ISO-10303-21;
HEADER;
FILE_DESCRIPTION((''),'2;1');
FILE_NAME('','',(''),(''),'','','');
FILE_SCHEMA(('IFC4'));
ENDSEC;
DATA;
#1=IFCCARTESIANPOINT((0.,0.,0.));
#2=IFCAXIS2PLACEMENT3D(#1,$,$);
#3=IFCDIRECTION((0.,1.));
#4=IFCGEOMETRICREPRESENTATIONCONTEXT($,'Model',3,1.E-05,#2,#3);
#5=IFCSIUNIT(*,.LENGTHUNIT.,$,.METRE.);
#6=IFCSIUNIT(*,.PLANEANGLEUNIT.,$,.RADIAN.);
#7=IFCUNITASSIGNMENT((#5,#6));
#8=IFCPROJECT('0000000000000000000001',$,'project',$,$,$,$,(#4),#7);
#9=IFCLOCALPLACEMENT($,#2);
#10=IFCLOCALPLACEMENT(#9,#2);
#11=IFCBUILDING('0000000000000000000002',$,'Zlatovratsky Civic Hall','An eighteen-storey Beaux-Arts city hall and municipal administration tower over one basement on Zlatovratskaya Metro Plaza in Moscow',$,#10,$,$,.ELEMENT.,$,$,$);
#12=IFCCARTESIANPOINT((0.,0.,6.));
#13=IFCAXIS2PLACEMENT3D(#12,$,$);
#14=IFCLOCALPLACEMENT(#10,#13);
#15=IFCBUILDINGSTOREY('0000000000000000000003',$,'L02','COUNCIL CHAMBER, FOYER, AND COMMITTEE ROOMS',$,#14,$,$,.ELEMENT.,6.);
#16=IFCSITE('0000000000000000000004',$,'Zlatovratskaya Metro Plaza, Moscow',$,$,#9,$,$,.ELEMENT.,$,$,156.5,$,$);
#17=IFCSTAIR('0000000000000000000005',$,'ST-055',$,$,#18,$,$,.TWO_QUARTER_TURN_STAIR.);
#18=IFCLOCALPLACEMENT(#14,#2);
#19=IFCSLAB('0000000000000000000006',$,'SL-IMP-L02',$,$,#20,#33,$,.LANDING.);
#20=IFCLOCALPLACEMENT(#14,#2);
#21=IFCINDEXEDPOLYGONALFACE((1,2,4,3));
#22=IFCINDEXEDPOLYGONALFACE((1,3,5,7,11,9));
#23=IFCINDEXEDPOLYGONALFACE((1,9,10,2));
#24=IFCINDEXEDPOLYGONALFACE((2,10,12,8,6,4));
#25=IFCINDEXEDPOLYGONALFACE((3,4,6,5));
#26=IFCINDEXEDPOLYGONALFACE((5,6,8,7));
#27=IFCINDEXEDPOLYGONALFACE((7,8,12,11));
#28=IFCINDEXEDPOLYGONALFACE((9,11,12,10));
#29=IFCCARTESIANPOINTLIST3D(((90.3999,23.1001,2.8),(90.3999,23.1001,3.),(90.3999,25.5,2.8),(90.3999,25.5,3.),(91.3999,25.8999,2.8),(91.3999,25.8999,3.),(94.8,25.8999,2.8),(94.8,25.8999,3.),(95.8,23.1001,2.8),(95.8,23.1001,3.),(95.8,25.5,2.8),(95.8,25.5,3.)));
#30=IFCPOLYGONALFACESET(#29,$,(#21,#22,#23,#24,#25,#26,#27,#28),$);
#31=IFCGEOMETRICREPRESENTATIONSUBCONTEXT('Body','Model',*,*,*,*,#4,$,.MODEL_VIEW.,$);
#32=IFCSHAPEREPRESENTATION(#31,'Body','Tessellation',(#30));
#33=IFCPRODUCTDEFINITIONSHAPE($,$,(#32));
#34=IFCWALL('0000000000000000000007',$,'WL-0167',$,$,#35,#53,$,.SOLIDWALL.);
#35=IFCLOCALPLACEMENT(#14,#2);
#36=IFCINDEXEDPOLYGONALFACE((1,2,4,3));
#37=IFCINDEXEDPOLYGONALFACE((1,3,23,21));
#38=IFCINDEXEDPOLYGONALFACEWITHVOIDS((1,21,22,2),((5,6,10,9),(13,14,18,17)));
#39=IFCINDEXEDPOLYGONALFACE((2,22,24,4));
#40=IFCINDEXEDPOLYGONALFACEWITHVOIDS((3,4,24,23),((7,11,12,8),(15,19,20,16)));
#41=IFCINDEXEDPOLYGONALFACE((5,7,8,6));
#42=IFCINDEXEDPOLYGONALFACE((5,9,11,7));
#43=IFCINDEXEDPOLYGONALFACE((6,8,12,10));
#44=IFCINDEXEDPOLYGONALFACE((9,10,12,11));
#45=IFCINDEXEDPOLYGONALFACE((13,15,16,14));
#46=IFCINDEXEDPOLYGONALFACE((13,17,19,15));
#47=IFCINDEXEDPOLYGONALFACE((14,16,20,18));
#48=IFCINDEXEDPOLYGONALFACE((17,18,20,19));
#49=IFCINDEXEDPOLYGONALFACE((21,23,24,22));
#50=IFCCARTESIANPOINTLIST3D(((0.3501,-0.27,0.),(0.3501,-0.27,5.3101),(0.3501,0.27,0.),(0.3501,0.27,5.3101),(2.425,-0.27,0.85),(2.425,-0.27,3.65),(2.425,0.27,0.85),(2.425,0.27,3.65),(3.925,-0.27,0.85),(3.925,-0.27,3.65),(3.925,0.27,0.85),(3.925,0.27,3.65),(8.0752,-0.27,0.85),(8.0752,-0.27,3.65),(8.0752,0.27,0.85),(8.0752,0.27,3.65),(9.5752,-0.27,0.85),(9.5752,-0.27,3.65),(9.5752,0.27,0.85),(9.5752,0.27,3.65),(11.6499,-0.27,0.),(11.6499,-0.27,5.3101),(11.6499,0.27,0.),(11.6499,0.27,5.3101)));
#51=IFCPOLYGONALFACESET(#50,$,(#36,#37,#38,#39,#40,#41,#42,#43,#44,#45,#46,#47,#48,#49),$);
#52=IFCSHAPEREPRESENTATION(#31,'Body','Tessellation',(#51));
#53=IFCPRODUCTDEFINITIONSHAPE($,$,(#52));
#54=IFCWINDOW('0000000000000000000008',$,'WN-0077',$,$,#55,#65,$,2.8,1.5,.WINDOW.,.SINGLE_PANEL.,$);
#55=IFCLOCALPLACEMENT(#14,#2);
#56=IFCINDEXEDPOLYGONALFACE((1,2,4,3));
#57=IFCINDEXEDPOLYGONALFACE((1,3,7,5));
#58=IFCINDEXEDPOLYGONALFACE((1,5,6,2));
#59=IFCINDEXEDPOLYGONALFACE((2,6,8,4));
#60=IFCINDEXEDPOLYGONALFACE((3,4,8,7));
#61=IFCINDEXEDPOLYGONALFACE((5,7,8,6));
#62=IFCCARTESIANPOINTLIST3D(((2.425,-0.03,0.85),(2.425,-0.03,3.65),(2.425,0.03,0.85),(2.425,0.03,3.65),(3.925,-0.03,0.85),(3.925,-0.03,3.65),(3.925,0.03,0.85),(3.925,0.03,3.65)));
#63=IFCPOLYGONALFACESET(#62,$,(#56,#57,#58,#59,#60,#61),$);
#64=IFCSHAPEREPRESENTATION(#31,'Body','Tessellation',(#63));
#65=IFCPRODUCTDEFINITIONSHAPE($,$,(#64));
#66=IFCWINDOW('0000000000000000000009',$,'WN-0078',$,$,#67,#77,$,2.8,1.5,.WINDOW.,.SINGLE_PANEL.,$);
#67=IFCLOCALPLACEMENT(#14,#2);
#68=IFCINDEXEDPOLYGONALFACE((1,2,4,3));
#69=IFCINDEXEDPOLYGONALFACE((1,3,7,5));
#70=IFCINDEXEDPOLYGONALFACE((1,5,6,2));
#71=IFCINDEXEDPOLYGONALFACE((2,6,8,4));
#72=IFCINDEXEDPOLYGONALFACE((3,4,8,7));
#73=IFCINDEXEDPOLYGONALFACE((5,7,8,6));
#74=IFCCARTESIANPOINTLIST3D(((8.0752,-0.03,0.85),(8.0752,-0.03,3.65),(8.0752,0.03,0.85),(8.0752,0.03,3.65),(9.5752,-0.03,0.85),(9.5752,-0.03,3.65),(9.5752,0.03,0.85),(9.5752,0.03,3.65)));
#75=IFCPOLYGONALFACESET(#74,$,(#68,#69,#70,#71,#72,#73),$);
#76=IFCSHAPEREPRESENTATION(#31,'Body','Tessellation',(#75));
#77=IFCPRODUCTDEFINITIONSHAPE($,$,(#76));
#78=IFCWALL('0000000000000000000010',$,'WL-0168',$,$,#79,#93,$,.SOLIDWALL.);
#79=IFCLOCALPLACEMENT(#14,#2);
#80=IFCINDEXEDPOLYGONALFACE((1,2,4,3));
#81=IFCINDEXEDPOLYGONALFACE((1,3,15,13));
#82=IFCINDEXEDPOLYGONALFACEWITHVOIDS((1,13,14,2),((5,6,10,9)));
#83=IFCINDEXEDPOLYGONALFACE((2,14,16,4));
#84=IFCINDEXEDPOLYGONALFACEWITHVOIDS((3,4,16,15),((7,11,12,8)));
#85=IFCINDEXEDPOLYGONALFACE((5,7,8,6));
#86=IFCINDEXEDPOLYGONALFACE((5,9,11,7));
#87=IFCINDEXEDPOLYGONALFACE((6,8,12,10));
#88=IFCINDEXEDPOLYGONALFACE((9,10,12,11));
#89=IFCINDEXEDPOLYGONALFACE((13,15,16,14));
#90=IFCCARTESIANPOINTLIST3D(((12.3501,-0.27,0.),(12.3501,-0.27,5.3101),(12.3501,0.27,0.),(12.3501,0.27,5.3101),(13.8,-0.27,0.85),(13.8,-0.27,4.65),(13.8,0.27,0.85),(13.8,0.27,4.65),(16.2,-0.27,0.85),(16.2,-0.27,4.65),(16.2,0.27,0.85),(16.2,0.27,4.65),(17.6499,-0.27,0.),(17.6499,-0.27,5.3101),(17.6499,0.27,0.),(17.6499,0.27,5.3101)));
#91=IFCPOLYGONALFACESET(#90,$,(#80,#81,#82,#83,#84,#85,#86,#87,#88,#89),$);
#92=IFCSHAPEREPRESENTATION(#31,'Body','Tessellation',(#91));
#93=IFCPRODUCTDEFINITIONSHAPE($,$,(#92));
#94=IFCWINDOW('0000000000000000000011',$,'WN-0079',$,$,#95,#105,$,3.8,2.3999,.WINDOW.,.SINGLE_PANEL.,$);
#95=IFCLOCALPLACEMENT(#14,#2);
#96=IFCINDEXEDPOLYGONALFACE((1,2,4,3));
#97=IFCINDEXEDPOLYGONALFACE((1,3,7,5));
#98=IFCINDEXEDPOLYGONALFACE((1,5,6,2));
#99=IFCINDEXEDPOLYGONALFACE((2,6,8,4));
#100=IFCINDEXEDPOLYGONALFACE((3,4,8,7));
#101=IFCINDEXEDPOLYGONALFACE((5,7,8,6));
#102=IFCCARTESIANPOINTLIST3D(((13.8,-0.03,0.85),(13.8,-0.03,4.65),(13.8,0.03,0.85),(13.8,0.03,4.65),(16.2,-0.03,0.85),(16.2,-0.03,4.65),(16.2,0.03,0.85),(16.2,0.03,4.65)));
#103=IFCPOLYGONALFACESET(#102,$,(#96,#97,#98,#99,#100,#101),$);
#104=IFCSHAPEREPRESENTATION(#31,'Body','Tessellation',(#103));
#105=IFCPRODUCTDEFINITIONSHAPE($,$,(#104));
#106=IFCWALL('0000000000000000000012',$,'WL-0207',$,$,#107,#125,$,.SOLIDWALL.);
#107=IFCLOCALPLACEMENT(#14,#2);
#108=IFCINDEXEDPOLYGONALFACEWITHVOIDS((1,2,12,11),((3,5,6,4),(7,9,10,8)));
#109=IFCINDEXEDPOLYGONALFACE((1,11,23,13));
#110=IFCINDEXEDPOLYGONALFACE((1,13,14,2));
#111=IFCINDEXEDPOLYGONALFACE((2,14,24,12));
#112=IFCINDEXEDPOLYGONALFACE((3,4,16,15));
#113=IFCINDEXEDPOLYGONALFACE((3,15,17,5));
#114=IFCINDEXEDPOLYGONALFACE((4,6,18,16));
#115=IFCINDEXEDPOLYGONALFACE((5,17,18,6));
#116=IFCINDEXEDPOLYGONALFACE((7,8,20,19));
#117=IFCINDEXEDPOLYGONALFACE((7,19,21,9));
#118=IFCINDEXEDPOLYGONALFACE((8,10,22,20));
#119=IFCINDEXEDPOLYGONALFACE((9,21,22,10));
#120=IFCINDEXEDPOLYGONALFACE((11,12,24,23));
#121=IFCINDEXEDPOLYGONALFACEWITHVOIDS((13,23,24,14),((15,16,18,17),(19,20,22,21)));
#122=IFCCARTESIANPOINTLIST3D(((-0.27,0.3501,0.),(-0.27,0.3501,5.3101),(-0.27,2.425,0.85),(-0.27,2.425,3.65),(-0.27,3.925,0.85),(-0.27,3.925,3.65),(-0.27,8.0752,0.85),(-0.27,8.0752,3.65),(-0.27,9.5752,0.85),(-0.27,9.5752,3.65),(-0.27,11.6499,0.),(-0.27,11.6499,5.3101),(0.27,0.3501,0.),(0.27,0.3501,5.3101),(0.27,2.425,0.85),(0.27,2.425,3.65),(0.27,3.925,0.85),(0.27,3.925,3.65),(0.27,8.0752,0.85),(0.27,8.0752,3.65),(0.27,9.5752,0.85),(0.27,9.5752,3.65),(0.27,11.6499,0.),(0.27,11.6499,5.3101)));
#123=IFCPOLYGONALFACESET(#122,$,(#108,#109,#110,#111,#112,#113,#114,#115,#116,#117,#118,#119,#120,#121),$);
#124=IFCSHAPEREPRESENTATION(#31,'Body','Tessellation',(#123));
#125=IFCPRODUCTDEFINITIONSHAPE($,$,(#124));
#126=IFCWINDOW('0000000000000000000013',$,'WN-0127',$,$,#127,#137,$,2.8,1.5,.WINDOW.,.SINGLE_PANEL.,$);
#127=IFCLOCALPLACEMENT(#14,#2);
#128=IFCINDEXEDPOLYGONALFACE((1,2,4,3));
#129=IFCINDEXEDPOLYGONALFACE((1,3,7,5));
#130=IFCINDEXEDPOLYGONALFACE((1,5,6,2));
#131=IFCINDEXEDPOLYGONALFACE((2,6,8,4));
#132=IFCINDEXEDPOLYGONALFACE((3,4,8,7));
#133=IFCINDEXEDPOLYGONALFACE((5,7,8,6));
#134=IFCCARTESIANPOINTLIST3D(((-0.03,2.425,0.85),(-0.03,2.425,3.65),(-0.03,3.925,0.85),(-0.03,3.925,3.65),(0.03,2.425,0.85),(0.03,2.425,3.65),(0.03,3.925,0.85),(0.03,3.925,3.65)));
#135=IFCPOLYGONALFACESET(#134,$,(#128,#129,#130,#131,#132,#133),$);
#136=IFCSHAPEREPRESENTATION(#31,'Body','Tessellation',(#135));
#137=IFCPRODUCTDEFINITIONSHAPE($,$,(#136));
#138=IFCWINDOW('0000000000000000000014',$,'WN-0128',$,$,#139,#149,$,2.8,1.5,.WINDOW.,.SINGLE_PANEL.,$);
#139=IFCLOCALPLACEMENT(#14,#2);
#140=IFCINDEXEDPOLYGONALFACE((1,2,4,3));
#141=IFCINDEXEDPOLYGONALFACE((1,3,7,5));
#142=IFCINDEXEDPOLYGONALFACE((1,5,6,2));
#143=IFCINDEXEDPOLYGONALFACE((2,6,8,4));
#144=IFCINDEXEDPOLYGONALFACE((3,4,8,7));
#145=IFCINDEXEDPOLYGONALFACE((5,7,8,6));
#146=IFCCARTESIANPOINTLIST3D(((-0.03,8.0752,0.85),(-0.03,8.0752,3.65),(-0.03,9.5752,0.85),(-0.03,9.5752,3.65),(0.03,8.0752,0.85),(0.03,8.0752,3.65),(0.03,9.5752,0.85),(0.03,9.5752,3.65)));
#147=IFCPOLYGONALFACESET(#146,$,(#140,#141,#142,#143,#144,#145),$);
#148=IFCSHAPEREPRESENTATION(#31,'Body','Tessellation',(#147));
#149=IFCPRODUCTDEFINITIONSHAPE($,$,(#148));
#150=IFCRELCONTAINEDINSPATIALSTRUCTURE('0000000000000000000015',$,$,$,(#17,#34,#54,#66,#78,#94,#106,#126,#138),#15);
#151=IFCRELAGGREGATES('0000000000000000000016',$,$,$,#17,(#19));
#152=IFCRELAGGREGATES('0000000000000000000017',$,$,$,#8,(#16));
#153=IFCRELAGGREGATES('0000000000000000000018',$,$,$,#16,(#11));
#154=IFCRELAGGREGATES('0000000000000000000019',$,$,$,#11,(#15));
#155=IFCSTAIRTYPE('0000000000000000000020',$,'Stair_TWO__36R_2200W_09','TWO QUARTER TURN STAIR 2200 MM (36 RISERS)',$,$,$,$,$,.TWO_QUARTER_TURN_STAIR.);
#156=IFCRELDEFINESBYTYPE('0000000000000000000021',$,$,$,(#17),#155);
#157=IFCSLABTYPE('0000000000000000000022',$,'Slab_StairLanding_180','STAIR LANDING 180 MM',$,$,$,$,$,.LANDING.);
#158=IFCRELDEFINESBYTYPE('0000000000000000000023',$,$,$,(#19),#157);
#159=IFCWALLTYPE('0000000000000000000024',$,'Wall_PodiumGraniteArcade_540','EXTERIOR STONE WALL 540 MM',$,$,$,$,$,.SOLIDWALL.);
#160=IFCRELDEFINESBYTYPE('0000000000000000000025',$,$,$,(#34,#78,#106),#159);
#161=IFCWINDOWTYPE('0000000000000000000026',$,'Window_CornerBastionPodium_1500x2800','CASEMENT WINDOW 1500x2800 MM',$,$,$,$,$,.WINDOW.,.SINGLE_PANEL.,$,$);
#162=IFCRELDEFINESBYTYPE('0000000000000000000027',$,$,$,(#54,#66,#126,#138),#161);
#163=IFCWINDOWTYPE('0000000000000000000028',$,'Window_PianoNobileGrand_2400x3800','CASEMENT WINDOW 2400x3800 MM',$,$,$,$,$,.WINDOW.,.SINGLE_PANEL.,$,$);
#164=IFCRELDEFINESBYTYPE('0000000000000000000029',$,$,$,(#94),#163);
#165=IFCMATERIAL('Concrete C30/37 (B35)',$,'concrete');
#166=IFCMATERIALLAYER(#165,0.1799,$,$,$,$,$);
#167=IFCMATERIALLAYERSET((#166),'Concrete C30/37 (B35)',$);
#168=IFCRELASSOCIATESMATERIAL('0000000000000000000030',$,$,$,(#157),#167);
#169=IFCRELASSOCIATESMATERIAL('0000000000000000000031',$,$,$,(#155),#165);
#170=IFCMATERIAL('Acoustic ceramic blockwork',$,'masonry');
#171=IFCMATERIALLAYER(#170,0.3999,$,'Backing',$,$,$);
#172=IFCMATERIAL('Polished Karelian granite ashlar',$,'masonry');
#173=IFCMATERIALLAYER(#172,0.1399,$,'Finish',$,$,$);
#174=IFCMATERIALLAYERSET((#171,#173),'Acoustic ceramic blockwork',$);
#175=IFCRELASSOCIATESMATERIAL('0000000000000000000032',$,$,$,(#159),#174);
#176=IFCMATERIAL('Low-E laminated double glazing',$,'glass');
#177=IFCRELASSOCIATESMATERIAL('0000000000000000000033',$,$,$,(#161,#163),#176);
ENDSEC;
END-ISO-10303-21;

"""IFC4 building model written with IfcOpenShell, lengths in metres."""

from ifc_helpers import new_model, si_unit, direction, frame, frame_2d, origin, place, context, subcontext, project, spatial, polyline, rectangle, outline, extrude, material, layer, layer_set, type_object, element, fill, aggregate, save


model = new_model("IFC4")

# Units and contexts
model_context = context("Model", 3, precision=1e-05, world=origin(), true_north=direction((0.0, 1.0)))
body_context = subcontext(model_context, "Body", "Model", "MODEL_VIEW")
ifc_project = project(units=[si_unit("LENGTHUNIT", "METRE"), si_unit("PLANEANGLEUNIT", "RADIAN")], contexts=[model_context])

# Site, building, storey
site_placement = place(None, origin())
site = spatial("IfcSite", under=ifc_project, at=site_placement, Name="Zlatovratskaya Metro Plaza, Moscow", CompositionType="ELEMENT", RefElevation=156.5)
building_placement = place(site_placement, origin())
building = spatial("IfcBuilding", under=site, at=building_placement, Name="Zlatovratsky Civic Hall", Description="An eighteen-storey Beaux-Arts city hall and municipal administration tower over one basement on Zlatovratskaya Metro Plaza in Moscow", CompositionType="ELEMENT")
storey_placement = place(building_placement, frame((0.0, 0.0, 6.0)))
storey = spatial("IfcBuildingStorey", under=building, at=storey_placement, Name="L02", Description="COUNCIL CHAMBER, FOYER, AND COMMITTEE ROOMS", CompositionType="ELEMENT", Elevation=6.0)

# Stair, slab
ifc_material_1 = material(Name="Concrete C30/37 (B35)", Category="concrete")
ifc_layer_1 = layer(ifc_material_1, 0.1799)
ifc_layer_set_1 = layer_set([ifc_layer_1], Name="Concrete C30/37 (B35)")
slab_type = type_object("IfcSlabType", Name="Slab_StairLanding_180", Description="STAIR LANDING 180 MM", PredefinedType="LANDING", material=ifc_layer_set_1)
stair_type_1 = type_object("IfcStairType", Name="Stair_TWO__36R_2200W_09", Description="TWO QUARTER TURN STAIR 2200 MM (36 RISERS)", PredefinedType="TWO_QUARTER_TURN_STAIR", material=ifc_material_1)
stair_1_placement = place(storey_placement, origin())
stair_1 = element("IfcStair", 1, at=stair_1_placement, inside=storey, type_object=stair_type_1, Name="ST-055", PredefinedType="TWO_QUARTER_TURN_STAIR")
slab_1_placement = place(storey_placement, frame((0.0, 0.0, 2.8)))
slab_1 = element("IfcSlab", 2, at=slab_1_placement, type_object=slab_type, Name="SL-IMP-L02", PredefinedType="LANDING", context=body_context, shape_type="SweptSolid", body=[
    extrude(outline(polyline([(90.3999, 23.1001), (95.8, 23.1001), (95.8, 25.5), (94.8, 25.8999), (91.3999, 25.8999), (90.3999, 25.5), (90.3999, 23.1001)])), origin(), (0.0, 0.0, 1.0), 0.2),
])
aggregate(stair_1, [slab_1])

# Wall, openings, windows
ifc_material_2 = material(Name="Acoustic ceramic blockwork", Category="masonry")
ifc_layer_2 = layer(ifc_material_2, 0.3999, Name="Backing")
ifc_material_3 = material(Name="Polished Karelian granite ashlar", Category="masonry")
ifc_layer_3 = layer(ifc_material_3, 0.1399, Name="Finish")
ifc_layer_set_2 = layer_set([ifc_layer_2, ifc_layer_3], Name="Acoustic ceramic blockwork")
wall_type = type_object("IfcWallType", Name="Wall_PodiumGraniteArcade_540", Description="EXTERIOR STONE WALL 540 MM", PredefinedType="SOLIDWALL", material=ifc_layer_set_2)
wall_1_placement = place(storey_placement, frame((0.3501, 0.0, 0.0), z_axis=(0.0, 0.0, 1.0), x_axis=(1.0, 0.0, 0.0)))
wall_1 = element("IfcWall", 3, at=wall_1_placement, inside=storey, type_object=wall_type, Name="WL-0167", PredefinedType="SOLIDWALL", context=body_context, shape_type="SweptSolid", body=[
    extrude(rectangle(XDim=11.2998, YDim=0.54, at=frame_2d((5.6499, 0.0))), origin(), (0.0, 0.0, 1.0), 5.3101),
])
opening_1_placement = place(wall_1_placement, frame((2.075, 0.0, 0.8501)))
opening_1 = element("IfcOpeningElement", 4, at=opening_1_placement, cuts=wall_1, PredefinedType="OPENING", context=body_context, shape_type="SweptSolid", body=[
    extrude(rectangle(XDim=1.5, YDim=2.8, at=frame_2d((0.75, 1.3999))), frame((0.0, 0.2849, 0.0), z_axis=(0.0, -1.0, 0.0), x_axis=(1.0, 0.0, 0.0)), (0.0, 0.0, 1.0), 0.5698),
])
opening_2_placement = place(wall_1_placement, frame((7.7251, 0.0, 0.8501)))
opening_2 = element("IfcOpeningElement", 5, at=opening_2_placement, cuts=wall_1, PredefinedType="OPENING", context=body_context, shape_type="SweptSolid", body=[
    extrude(rectangle(XDim=1.5, YDim=2.8, at=frame_2d((0.75, 1.3999))), frame((0.0, 0.2849, 0.0), z_axis=(0.0, -1.0, 0.0), x_axis=(1.0, 0.0, 0.0)), (0.0, 0.0, 1.0), 0.5698),
])
ifc_material_4 = material(Name="Low-E laminated double glazing", Category="glass")
window_type_1 = type_object("IfcWindowType", Name="Window_CornerBastionPodium_1500x2800", Description="CASEMENT WINDOW 1500x2800 MM", PartitioningType="SINGLE_PANEL", PredefinedType="WINDOW", material=ifc_material_4)
window_1_placement = place(opening_1_placement, origin())
window_1 = element("IfcWindow", 6, at=window_1_placement, inside=storey, type_object=window_type_1, Name="WN-0077", OverallHeight=2.8, OverallWidth=1.5, PartitioningType="SINGLE_PANEL", PredefinedType="WINDOW", context=body_context, shape_type="SweptSolid", body=[
    extrude(rectangle(XDim=1.5, YDim=2.8, at=frame_2d((0.75, 1.3999))), frame((0.0, 0.03, 0.0), z_axis=(0.0, -1.0, 0.0), x_axis=(1.0, 0.0, 0.0)), (0.0, 0.0, 1.0), 0.0601),
])
fill(opening_1, window_1)
window_2_placement = place(opening_2_placement, origin())
window_2 = element("IfcWindow", 7, at=window_2_placement, inside=storey, type_object=window_type_1, Name="WN-0078", OverallHeight=2.8, OverallWidth=1.5, PartitioningType="SINGLE_PANEL", PredefinedType="WINDOW", context=body_context, shape_type="SweptSolid", body=[
    extrude(rectangle(XDim=1.5, YDim=2.8, at=frame_2d((0.75, 1.3999))), frame((0.0, 0.03, 0.0), z_axis=(0.0, -1.0, 0.0), x_axis=(1.0, 0.0, 0.0)), (0.0, 0.0, 1.0), 0.0601),
])
fill(opening_2, window_2)

# Wall, opening, window
wall_2_placement = place(storey_placement, frame((12.3501, 0.0, 0.0), z_axis=(0.0, 0.0, 1.0), x_axis=(1.0, 0.0, 0.0)))
wall_2 = element("IfcWall", 8, at=wall_2_placement, inside=storey, type_object=wall_type, Name="WL-0168", PredefinedType="SOLIDWALL", context=body_context, shape_type="SweptSolid", body=[
    extrude(rectangle(XDim=5.2998, YDim=0.54, at=frame_2d((2.6499, 0.0))), origin(), (0.0, 0.0, 1.0), 5.3101),
])
opening_3_placement = place(wall_2_placement, frame((1.45, 0.0, 0.8501)))
opening_3 = element("IfcOpeningElement", 9, at=opening_3_placement, cuts=wall_2, PredefinedType="OPENING", context=body_context, shape_type="SweptSolid", body=[
    extrude(rectangle(XDim=2.3999, YDim=3.8, at=frame_2d((1.2, 1.8999))), frame((0.0, 0.2849, 0.0), z_axis=(0.0, -1.0, 0.0), x_axis=(1.0, 0.0, 0.0)), (0.0, 0.0, 1.0), 0.5698),
])
window_type_2 = type_object("IfcWindowType", Name="Window_PianoNobileGrand_2400x3800", Description="CASEMENT WINDOW 2400x3800 MM", PartitioningType="SINGLE_PANEL", PredefinedType="WINDOW", material=ifc_material_4)
window_3_placement = place(opening_3_placement, origin())
window_3 = element("IfcWindow", 10, at=window_3_placement, inside=storey, type_object=window_type_2, Name="WN-0079", OverallHeight=3.8, OverallWidth=2.3999, PartitioningType="SINGLE_PANEL", PredefinedType="WINDOW", context=body_context, shape_type="SweptSolid", body=[
    extrude(rectangle(XDim=2.3999, YDim=3.8, at=frame_2d((1.2, 1.8999))), frame((0.0, 0.03, 0.0), z_axis=(0.0, -1.0, 0.0), x_axis=(1.0, 0.0, 0.0)), (0.0, 0.0, 1.0), 0.0601),
])
fill(opening_3, window_3)

# Wall, openings, windows
wall_3_placement = place(storey_placement, frame((0.0, 0.3501, 0.0), z_axis=(0.0, 0.0, 1.0), x_axis=(0.0, 1.0, 0.0)))
wall_3 = element("IfcWall", 11, at=wall_3_placement, inside=storey, type_object=wall_type, Name="WL-0207", PredefinedType="SOLIDWALL", context=body_context, shape_type="SweptSolid", body=[
    extrude(rectangle(XDim=11.2998, YDim=0.54, at=frame_2d((5.6499, 0.0))), origin(), (0.0, 0.0, 1.0), 5.3101),
])
opening_4_placement = place(wall_3_placement, frame((2.075, 0.0, 0.8501)))
opening_4 = element("IfcOpeningElement", 12, at=opening_4_placement, cuts=wall_3, PredefinedType="OPENING", context=body_context, shape_type="SweptSolid", body=[
    extrude(rectangle(XDim=1.5, YDim=2.8, at=frame_2d((0.75, 1.3999))), frame((0.0, 0.2849, 0.0), z_axis=(0.0, -1.0, 0.0), x_axis=(1.0, 0.0, 0.0)), (0.0, 0.0, 1.0), 0.5698),
])
opening_5_placement = place(wall_3_placement, frame((7.7251, 0.0, 0.8501)))
opening_5 = element("IfcOpeningElement", 13, at=opening_5_placement, cuts=wall_3, PredefinedType="OPENING", context=body_context, shape_type="SweptSolid", body=[
    extrude(rectangle(XDim=1.5, YDim=2.8, at=frame_2d((0.75, 1.3999))), frame((0.0, 0.2849, 0.0), z_axis=(0.0, -1.0, 0.0), x_axis=(1.0, 0.0, 0.0)), (0.0, 0.0, 1.0), 0.5698),
])
window_4_placement = place(opening_4_placement, origin())
window_4 = element("IfcWindow", 14, at=window_4_placement, inside=storey, type_object=window_type_1, Name="WN-0127", OverallHeight=2.8, OverallWidth=1.5, PartitioningType="SINGLE_PANEL", PredefinedType="WINDOW", context=body_context, shape_type="SweptSolid", body=[
    extrude(rectangle(XDim=1.5, YDim=2.8, at=frame_2d((0.75, 1.3999))), frame((0.0, 0.03, 0.0), z_axis=(0.0, -1.0, 0.0), x_axis=(1.0, 0.0, 0.0)), (0.0, 0.0, 1.0), 0.0601),
])
fill(opening_4, window_4)
window_5_placement = place(opening_5_placement, origin())
window_5 = element("IfcWindow", 15, at=window_5_placement, inside=storey, type_object=window_type_1, Name="WN-0128", OverallHeight=2.8, OverallWidth=1.5, PartitioningType="SINGLE_PANEL", PredefinedType="WINDOW", context=body_context, shape_type="SweptSolid", body=[
    extrude(rectangle(XDim=1.5, YDim=2.8, at=frame_2d((0.75, 1.3999))), frame((0.0, 0.03, 0.0), z_axis=(0.0, -1.0, 0.0), x_axis=(1.0, 0.0, 0.0)), (0.0, 0.0, 1.0), 0.0601),
])
fill(opening_5, window_5)

save(model, "model.ifc")
